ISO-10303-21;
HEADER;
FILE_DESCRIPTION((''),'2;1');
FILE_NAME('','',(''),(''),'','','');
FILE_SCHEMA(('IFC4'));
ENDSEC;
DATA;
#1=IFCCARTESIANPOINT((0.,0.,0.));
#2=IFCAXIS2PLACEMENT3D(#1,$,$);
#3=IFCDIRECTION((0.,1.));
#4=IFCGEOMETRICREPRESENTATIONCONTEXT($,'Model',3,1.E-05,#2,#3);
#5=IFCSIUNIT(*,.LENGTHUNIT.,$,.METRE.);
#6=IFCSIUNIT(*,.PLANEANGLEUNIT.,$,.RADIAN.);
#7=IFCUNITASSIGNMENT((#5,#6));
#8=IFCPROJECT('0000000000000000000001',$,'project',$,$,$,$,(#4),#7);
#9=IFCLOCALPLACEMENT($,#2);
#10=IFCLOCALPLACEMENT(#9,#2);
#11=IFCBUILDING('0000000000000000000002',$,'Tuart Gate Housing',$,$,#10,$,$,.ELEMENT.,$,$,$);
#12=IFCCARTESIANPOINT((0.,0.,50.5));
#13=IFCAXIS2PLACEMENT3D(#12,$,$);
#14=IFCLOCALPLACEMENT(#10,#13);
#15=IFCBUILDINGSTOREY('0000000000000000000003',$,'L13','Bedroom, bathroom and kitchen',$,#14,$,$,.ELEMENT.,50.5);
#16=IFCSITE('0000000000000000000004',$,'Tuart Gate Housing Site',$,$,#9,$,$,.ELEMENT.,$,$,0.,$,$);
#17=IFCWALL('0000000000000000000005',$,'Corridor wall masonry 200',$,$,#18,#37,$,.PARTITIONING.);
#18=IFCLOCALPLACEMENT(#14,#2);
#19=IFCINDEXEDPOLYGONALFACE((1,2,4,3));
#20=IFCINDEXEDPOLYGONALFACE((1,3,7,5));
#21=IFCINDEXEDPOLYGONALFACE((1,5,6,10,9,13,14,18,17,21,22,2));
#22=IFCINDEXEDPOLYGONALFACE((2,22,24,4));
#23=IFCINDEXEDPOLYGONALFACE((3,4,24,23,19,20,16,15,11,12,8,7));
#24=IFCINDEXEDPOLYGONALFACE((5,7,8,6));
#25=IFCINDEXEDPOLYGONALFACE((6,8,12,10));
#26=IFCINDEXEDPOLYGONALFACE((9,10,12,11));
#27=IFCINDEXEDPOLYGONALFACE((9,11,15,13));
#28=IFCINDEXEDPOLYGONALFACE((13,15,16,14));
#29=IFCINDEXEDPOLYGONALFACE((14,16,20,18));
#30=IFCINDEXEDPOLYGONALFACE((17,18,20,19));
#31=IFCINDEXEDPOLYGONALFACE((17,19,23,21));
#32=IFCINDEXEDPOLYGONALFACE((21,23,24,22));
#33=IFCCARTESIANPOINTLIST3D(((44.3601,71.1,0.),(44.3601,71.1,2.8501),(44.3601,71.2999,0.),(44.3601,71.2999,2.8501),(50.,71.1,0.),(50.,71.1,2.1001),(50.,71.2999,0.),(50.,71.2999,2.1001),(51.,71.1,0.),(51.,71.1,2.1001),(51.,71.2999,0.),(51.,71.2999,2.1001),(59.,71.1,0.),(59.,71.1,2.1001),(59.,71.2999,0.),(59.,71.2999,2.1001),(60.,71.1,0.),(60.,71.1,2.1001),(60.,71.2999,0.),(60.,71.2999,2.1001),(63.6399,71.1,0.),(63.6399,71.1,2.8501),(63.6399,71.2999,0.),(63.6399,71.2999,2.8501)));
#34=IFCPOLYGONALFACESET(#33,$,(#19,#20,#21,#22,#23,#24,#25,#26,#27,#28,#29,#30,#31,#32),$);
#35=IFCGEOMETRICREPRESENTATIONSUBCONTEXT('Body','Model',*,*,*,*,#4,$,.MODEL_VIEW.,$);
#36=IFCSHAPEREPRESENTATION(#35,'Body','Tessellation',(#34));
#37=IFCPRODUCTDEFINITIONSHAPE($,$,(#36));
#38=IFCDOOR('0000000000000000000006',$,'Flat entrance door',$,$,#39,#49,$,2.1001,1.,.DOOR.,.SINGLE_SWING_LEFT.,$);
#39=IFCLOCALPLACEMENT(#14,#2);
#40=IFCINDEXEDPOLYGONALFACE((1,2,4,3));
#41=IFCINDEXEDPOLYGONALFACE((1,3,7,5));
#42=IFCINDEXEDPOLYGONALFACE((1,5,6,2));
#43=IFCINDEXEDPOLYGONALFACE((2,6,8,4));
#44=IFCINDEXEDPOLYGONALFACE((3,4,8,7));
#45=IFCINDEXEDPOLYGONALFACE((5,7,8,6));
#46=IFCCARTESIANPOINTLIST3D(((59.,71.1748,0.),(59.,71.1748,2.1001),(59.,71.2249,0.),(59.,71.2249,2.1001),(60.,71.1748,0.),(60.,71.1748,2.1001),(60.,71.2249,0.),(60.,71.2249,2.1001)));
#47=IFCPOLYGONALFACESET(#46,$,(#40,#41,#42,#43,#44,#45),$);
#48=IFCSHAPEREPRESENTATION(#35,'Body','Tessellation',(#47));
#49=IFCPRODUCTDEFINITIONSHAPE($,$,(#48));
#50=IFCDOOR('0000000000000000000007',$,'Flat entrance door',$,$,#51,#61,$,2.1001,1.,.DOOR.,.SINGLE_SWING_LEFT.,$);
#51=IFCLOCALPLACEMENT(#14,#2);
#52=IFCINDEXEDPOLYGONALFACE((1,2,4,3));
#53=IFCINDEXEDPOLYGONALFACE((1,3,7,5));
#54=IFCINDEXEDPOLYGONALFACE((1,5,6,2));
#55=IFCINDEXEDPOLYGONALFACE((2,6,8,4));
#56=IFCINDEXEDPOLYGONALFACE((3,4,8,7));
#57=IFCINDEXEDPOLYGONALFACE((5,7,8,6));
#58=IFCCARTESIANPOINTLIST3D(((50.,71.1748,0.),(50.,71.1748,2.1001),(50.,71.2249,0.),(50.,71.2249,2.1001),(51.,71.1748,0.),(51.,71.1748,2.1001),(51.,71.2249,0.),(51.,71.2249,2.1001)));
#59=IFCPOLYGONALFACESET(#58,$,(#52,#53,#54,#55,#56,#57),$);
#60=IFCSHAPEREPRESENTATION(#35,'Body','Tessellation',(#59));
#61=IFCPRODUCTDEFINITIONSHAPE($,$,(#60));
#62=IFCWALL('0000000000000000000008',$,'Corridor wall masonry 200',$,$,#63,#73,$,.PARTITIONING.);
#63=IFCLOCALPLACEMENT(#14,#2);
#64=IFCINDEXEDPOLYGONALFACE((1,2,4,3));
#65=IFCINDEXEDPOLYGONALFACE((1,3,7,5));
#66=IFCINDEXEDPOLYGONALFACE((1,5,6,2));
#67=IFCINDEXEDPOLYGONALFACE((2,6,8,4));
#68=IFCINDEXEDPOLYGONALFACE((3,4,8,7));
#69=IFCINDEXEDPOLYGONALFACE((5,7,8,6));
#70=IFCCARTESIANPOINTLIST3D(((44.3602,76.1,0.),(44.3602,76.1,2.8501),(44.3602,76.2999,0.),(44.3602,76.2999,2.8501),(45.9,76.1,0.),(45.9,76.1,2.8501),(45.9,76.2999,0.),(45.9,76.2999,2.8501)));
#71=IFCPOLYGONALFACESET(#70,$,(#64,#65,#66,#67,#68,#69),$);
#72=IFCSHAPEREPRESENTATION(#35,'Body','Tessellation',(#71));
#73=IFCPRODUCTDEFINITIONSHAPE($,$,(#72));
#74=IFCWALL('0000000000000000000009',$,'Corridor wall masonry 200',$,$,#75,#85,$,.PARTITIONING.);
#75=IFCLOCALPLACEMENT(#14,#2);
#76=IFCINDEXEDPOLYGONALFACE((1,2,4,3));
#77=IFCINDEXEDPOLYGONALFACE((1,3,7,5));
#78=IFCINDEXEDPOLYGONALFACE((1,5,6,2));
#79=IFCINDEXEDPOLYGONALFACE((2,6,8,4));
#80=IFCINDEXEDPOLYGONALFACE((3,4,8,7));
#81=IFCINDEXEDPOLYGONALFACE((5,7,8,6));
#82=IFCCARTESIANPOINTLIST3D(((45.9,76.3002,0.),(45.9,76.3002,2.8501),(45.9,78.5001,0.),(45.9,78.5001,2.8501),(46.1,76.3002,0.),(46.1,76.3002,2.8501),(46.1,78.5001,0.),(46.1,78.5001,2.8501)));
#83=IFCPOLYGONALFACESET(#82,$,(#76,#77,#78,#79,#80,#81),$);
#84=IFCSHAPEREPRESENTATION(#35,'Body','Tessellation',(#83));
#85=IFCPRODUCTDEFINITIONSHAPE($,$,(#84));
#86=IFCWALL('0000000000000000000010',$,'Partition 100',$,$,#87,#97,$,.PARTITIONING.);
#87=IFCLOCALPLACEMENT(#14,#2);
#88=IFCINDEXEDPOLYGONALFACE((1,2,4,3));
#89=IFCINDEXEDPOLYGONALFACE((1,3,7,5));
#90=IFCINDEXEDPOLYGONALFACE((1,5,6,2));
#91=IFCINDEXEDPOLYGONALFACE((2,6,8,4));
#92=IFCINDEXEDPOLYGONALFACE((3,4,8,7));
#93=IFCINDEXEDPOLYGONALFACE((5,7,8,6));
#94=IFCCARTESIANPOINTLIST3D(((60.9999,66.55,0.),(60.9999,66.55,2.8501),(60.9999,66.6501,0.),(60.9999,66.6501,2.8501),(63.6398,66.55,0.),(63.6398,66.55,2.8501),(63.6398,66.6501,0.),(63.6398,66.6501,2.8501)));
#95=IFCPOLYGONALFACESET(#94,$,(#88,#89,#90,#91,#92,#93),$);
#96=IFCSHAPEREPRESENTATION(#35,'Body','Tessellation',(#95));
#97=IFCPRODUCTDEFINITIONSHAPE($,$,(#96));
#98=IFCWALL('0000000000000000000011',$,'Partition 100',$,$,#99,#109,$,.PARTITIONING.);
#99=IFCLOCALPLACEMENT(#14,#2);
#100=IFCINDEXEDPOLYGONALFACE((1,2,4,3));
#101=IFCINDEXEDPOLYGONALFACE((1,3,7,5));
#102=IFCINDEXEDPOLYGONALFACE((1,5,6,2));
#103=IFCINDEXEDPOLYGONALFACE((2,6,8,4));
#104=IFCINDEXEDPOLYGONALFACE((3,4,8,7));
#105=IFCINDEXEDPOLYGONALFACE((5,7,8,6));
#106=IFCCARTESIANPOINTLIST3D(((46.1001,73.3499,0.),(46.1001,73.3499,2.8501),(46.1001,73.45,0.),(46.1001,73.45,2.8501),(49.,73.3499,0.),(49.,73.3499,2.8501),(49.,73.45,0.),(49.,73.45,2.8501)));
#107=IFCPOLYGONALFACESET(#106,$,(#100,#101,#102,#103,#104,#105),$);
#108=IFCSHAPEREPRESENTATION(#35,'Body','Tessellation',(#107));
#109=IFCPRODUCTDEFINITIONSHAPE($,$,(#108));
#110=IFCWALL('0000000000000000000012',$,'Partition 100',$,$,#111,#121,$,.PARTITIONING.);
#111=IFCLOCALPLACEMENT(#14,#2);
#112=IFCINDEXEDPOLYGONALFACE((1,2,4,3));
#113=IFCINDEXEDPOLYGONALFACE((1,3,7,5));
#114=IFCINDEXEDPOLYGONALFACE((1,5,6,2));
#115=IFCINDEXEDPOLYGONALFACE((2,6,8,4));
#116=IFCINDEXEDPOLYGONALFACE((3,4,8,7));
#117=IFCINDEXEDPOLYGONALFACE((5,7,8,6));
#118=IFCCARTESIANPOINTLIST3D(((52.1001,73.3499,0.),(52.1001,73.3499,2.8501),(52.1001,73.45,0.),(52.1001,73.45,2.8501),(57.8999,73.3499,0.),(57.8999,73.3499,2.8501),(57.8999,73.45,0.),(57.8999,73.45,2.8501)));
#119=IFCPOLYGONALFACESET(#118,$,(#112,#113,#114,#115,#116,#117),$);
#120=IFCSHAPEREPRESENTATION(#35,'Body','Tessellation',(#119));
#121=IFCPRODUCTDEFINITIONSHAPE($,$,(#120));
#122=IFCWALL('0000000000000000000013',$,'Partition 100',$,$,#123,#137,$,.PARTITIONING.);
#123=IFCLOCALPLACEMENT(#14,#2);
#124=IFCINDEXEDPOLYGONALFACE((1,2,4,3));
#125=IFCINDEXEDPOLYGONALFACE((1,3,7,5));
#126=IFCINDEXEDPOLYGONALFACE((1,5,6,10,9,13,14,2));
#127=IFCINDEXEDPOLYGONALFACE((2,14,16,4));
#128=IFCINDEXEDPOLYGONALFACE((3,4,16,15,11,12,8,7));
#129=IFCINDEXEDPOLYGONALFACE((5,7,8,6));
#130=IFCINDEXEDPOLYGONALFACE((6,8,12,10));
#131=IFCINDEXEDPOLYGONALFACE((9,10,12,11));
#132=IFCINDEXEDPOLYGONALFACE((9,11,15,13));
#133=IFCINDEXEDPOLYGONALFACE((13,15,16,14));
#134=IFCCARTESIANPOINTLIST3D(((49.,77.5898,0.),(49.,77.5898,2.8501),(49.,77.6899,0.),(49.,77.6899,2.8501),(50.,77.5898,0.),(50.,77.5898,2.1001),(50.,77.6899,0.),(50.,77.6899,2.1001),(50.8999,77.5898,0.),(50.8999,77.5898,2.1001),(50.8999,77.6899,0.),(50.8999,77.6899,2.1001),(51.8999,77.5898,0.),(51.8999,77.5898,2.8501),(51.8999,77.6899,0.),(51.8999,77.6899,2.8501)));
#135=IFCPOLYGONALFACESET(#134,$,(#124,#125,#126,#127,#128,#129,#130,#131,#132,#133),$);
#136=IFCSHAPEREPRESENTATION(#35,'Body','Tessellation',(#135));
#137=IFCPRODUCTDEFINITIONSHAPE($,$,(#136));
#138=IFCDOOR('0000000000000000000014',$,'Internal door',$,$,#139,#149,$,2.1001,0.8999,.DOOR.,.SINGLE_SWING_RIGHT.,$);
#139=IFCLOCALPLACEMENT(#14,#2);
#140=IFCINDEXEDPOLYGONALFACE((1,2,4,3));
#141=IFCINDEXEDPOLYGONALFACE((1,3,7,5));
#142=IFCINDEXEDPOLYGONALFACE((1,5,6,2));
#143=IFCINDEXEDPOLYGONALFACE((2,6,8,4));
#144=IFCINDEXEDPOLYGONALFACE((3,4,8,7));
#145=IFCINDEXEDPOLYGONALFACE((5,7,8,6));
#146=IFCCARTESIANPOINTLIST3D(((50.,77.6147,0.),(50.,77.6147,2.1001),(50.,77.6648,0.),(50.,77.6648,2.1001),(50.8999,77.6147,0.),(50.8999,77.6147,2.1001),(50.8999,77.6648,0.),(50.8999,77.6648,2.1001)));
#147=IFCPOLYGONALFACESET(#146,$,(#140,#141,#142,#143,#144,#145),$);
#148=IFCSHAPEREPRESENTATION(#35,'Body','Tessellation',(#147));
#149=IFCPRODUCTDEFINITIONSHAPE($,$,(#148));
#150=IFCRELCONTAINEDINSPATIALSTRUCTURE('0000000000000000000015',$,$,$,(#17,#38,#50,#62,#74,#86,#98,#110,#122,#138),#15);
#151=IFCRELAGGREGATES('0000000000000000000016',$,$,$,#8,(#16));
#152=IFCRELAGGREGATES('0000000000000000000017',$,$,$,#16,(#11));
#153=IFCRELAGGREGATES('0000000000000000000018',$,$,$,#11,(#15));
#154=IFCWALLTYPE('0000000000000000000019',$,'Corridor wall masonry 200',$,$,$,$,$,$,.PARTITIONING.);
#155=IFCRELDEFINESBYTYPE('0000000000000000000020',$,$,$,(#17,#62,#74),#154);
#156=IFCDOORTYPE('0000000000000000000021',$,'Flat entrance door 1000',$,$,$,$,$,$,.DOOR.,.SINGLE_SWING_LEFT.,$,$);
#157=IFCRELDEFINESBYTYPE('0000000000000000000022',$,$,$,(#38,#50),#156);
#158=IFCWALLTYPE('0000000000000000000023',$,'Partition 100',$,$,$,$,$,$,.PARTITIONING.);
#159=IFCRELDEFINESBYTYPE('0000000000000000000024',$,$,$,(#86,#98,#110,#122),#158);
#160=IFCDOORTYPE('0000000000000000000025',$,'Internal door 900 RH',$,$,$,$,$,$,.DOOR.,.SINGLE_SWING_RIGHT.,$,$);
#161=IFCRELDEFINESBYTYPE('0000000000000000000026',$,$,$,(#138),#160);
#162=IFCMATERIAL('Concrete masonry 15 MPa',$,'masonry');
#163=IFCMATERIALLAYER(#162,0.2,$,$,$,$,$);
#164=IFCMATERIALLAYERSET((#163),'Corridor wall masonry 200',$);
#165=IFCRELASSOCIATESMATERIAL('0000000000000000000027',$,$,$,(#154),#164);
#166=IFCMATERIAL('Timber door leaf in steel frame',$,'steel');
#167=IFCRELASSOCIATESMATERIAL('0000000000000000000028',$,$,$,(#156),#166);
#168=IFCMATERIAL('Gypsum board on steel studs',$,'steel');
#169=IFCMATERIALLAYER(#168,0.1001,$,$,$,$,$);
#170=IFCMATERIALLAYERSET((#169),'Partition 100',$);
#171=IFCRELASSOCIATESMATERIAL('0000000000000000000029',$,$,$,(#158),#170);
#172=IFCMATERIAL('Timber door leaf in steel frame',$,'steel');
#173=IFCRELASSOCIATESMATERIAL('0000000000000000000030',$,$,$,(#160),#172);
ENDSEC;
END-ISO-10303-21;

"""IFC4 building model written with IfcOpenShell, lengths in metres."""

from ifc_helpers import new_model, si_unit, direction, frame, frame_2d, origin, place, context, subcontext, project, spatial, rectangle, extrude, material, layer, layer_set, type_object, element, fill, save


model = new_model("IFC4")

# Units and contexts
model_context = context("Model", 3, precision=1e-05, world=origin(), true_north=direction((0.0, 1.0)))
body_context = subcontext(model_context, "Body", "Model", "MODEL_VIEW")
ifc_project = project(units=[si_unit("LENGTHUNIT", "METRE"), si_unit("PLANEANGLEUNIT", "RADIAN")], contexts=[model_context])

# Site, building, storey
site_placement = place(None, origin())
site = spatial("IfcSite", under=ifc_project, at=site_placement, Name="Tuart Gate Housing Site", CompositionType="ELEMENT", RefElevation=0.0)
building_placement = place(site_placement, origin())
building = spatial("IfcBuilding", under=site, at=building_placement, Name="Tuart Gate Housing", CompositionType="ELEMENT")
storey_placement = place(building_placement, frame((0.0, 0.0, 50.5)))
storey = spatial("IfcBuildingStorey", under=building, at=storey_placement, Name="L13", Description="Bedroom, bathroom and kitchen", CompositionType="ELEMENT", Elevation=50.5)

# Wall, openings, doors
ifc_material_1 = material(Name="Concrete masonry 15 MPa", Category="masonry")
ifc_layer_1 = layer(ifc_material_1, 0.2)
ifc_layer_set_1 = layer_set([ifc_layer_1], Name="Corridor wall masonry 200")
wall_type_1 = type_object("IfcWallType", Name="Corridor wall masonry 200", PredefinedType="PARTITIONING", material=ifc_layer_set_1)
wall_1_placement = place(storey_placement, frame((44.3601, 71.2, 0.0), z_axis=(0.0, 0.0, 1.0), x_axis=(1.0, 0.0, 0.0)))
wall_1 = element("IfcWall", 1, at=wall_1_placement, inside=storey, type_object=wall_type_1, Name="Corridor wall masonry 200", PredefinedType="PARTITIONING", context=body_context, shape_type="SweptSolid", body=[
    extrude(rectangle(XDim=19.2798, YDim=0.2, at=frame_2d((9.6399, 0.0))), origin(), (0.0, 0.0, 1.0), 2.8501),
])
opening_1_placement = place(wall_1_placement, frame((14.6399, 0.0, 0.0)))
opening_1 = element("IfcOpeningElement", 2, at=opening_1_placement, cuts=wall_1, PredefinedType="OPENING", context=body_context, shape_type="SweptSolid", body=[
    extrude(rectangle(XDim=1.0, YDim=2.1001, at=frame_2d((0.5, 1.05))), frame((0.0, 0.1099, 0.0), z_axis=(0.0, -1.0, 0.0), x_axis=(1.0, 0.0, 0.0)), (0.0, 0.0, 1.0), 0.22),
])
opening_2_placement = place(wall_1_placement, frame((5.6399, 0.0, 0.0)))
opening_2 = element("IfcOpeningElement", 3, at=opening_2_placement, cuts=wall_1, PredefinedType="OPENING", context=body_context, shape_type="SweptSolid", body=[
    extrude(rectangle(XDim=1.0, YDim=2.1001, at=frame_2d((0.5, 1.05))), frame((0.0, 0.1099, 0.0), z_axis=(0.0, -1.0, 0.0), x_axis=(1.0, 0.0, 0.0)), (0.0, 0.0, 1.0), 0.22),
])
ifc_material_2 = material(Name="Timber door leaf in steel frame", Category="steel")
door_type_1 = type_object("IfcDoorType", Name="Flat entrance door 1000", OperationType="SINGLE_SWING_LEFT", PredefinedType="DOOR", material=ifc_material_2)
door_1_placement = place(opening_1_placement, origin())
door_1 = element("IfcDoor", 4, at=door_1_placement, inside=storey, type_object=door_type_1, Name="Flat entrance door", OperationType="SINGLE_SWING_LEFT", OverallHeight=2.1001, OverallWidth=1.0, PredefinedType="DOOR", context=body_context, shape_type="SweptSolid", body=[
    extrude(rectangle(XDim=1.0, YDim=2.1001, at=frame_2d((0.5, 1.05))), frame((0.0, 0.0249, 0.0), z_axis=(0.0, -1.0, 0.0), x_axis=(1.0, 0.0, 0.0)), (0.0, 0.0, 1.0), 0.05),
])
fill(opening_1, door_1)
door_2_placement = place(opening_2_placement, origin())
door_2 = element("IfcDoor", 5, at=door_2_placement, inside=storey, type_object=door_type_1, Name="Flat entrance door", OperationType="SINGLE_SWING_LEFT", OverallHeight=2.1001, OverallWidth=1.0, PredefinedType="DOOR", context=body_context, shape_type="SweptSolid", body=[
    extrude(rectangle(XDim=1.0, YDim=2.1001, at=frame_2d((0.5, 1.05))), frame((0.0, 0.0249, 0.0), z_axis=(0.0, -1.0, 0.0), x_axis=(1.0, 0.0, 0.0)), (0.0, 0.0, 1.0), 0.05),
])
fill(opening_2, door_2)

# Walls
wall_2_placement = place(storey_placement, frame((44.3601, 76.2, 0.0), z_axis=(0.0, 0.0, 1.0), x_axis=(1.0, 0.0, 0.0)))
element("IfcWall", 6, at=wall_2_placement, inside=storey, type_object=wall_type_1, Name="Corridor wall masonry 200", PredefinedType="PARTITIONING", context=body_context, shape_type="SweptSolid", body=[
    extrude(rectangle(XDim=1.5398, YDim=0.2, at=frame_2d((0.77, 0.0))), origin(), (0.0, 0.0, 1.0), 2.8501),
])
wall_3_placement = place(storey_placement, frame((46.0, 76.3, 0.0), z_axis=(0.0, 0.0, 1.0), x_axis=(0.0, 1.0, 0.0)))
element("IfcWall", 7, at=wall_3_placement, inside=storey, type_object=wall_type_1, Name="Corridor wall masonry 200", PredefinedType="PARTITIONING", context=body_context, shape_type="SweptSolid", body=[
    extrude(rectangle(XDim=2.2, YDim=0.2, at=frame_2d((1.1001, 0.0))), origin(), (0.0, 0.0, 1.0), 2.8501),
])
ifc_material_3 = material(Name="Gypsum board on steel studs", Category="steel")
ifc_layer_2 = layer(ifc_material_3, 0.1001)
ifc_layer_set_2 = layer_set([ifc_layer_2], Name="Partition 100")
wall_type_2 = type_object("IfcWallType", Name="Partition 100", PredefinedType="PARTITIONING", material=ifc_layer_set_2)
wall_4_placement = place(storey_placement, frame((61.0, 66.6001, 0.0), z_axis=(0.0, 0.0, 1.0), x_axis=(1.0, 0.0, 0.0)))
element("IfcWall", 8, at=wall_4_placement, inside=storey, type_object=wall_type_2, Name="Partition 100", PredefinedType="PARTITIONING", context=body_context, shape_type="SweptSolid", body=[
    extrude(rectangle(XDim=2.6399, YDim=0.1001, at=frame_2d((1.3198, 0.0))), origin(), (0.0, 0.0, 1.0), 2.8501),
])
wall_5_placement = place(storey_placement, frame((46.1001, 73.3999, 0.0), z_axis=(0.0, 0.0, 1.0), x_axis=(1.0, 0.0, 0.0)))
element("IfcWall", 9, at=wall_5_placement, inside=storey, type_object=wall_type_2, Name="Partition 100", PredefinedType="PARTITIONING", context=body_context, shape_type="SweptSolid", body=[
    extrude(rectangle(XDim=2.8999, YDim=0.1001, at=frame_2d((1.45, 0.0))), origin(), (0.0, 0.0, 1.0), 2.8501),
])
wall_6_placement = place(storey_placement, frame((52.1001, 73.3999, 0.0), z_axis=(0.0, 0.0, 1.0), x_axis=(1.0, 0.0, 0.0)))
element("IfcWall", 10, at=wall_6_placement, inside=storey, type_object=wall_type_2, Name="Partition 100", PredefinedType="PARTITIONING", context=body_context, shape_type="SweptSolid", body=[
    extrude(rectangle(XDim=5.7998, YDim=0.1001, at=frame_2d((2.8999, 0.0))), origin(), (0.0, 0.0, 1.0), 2.8501),
])

# Wall, opening, door
wall_7_placement = place(storey_placement, frame((49.0, 77.6399, 0.0), z_axis=(0.0, 0.0, 1.0), x_axis=(1.0, 0.0, 0.0)))
wall_7 = element("IfcWall", 11, at=wall_7_placement, inside=storey, type_object=wall_type_2, Name="Partition 100", PredefinedType="PARTITIONING", context=body_context, shape_type="SweptSolid", body=[
    extrude(rectangle(XDim=2.8999, YDim=0.1001, at=frame_2d((1.45, 0.0))), origin(), (0.0, 0.0, 1.0), 2.8501),
])
opening_3_placement = place(wall_7_placement, frame((1.0, 0.0, 0.0)))
opening_3 = element("IfcOpeningElement", 12, at=opening_3_placement, cuts=wall_7, PredefinedType="OPENING", context=body_context, shape_type="SweptSolid", body=[
    extrude(rectangle(XDim=0.8999, YDim=2.1001, at=frame_2d((0.45, 1.05))), frame((0.0, 0.0601, 0.0), z_axis=(0.0, -1.0, 0.0), x_axis=(1.0, 0.0, 0.0)), (0.0, 0.0, 1.0), 0.1201),
])
ifc_material_4 = material(Name="Timber door leaf in steel frame", Category="steel")
door_type_2 = type_object("IfcDoorType", Name="Internal door 900 RH", OperationType="SINGLE_SWING_RIGHT", PredefinedType="DOOR", material=ifc_material_4)
door_3_placement = place(opening_3_placement, frame((0.8999, 0.0, 0.0), z_axis=(0.0, 0.0, 1.0), x_axis=(-1.0, 0.0, 0.0)))
door_3 = element("IfcDoor", 13, at=door_3_placement, inside=storey, type_object=door_type_2, Name="Internal door", OperationType="SINGLE_SWING_RIGHT", OverallHeight=2.1001, OverallWidth=0.8999, PredefinedType="DOOR", context=body_context, shape_type="SweptSolid", body=[
    extrude(rectangle(XDim=0.8999, YDim=2.1001, at=frame_2d((0.45, 1.05))), frame((0.0, 0.0251, 0.0), z_axis=(0.0, -1.0, 0.0), x_axis=(1.0, 0.0, 0.0)), (0.0, 0.0, 1.0), 0.05),
])
fill(opening_3, door_3)

save(model, "model.ifc")
